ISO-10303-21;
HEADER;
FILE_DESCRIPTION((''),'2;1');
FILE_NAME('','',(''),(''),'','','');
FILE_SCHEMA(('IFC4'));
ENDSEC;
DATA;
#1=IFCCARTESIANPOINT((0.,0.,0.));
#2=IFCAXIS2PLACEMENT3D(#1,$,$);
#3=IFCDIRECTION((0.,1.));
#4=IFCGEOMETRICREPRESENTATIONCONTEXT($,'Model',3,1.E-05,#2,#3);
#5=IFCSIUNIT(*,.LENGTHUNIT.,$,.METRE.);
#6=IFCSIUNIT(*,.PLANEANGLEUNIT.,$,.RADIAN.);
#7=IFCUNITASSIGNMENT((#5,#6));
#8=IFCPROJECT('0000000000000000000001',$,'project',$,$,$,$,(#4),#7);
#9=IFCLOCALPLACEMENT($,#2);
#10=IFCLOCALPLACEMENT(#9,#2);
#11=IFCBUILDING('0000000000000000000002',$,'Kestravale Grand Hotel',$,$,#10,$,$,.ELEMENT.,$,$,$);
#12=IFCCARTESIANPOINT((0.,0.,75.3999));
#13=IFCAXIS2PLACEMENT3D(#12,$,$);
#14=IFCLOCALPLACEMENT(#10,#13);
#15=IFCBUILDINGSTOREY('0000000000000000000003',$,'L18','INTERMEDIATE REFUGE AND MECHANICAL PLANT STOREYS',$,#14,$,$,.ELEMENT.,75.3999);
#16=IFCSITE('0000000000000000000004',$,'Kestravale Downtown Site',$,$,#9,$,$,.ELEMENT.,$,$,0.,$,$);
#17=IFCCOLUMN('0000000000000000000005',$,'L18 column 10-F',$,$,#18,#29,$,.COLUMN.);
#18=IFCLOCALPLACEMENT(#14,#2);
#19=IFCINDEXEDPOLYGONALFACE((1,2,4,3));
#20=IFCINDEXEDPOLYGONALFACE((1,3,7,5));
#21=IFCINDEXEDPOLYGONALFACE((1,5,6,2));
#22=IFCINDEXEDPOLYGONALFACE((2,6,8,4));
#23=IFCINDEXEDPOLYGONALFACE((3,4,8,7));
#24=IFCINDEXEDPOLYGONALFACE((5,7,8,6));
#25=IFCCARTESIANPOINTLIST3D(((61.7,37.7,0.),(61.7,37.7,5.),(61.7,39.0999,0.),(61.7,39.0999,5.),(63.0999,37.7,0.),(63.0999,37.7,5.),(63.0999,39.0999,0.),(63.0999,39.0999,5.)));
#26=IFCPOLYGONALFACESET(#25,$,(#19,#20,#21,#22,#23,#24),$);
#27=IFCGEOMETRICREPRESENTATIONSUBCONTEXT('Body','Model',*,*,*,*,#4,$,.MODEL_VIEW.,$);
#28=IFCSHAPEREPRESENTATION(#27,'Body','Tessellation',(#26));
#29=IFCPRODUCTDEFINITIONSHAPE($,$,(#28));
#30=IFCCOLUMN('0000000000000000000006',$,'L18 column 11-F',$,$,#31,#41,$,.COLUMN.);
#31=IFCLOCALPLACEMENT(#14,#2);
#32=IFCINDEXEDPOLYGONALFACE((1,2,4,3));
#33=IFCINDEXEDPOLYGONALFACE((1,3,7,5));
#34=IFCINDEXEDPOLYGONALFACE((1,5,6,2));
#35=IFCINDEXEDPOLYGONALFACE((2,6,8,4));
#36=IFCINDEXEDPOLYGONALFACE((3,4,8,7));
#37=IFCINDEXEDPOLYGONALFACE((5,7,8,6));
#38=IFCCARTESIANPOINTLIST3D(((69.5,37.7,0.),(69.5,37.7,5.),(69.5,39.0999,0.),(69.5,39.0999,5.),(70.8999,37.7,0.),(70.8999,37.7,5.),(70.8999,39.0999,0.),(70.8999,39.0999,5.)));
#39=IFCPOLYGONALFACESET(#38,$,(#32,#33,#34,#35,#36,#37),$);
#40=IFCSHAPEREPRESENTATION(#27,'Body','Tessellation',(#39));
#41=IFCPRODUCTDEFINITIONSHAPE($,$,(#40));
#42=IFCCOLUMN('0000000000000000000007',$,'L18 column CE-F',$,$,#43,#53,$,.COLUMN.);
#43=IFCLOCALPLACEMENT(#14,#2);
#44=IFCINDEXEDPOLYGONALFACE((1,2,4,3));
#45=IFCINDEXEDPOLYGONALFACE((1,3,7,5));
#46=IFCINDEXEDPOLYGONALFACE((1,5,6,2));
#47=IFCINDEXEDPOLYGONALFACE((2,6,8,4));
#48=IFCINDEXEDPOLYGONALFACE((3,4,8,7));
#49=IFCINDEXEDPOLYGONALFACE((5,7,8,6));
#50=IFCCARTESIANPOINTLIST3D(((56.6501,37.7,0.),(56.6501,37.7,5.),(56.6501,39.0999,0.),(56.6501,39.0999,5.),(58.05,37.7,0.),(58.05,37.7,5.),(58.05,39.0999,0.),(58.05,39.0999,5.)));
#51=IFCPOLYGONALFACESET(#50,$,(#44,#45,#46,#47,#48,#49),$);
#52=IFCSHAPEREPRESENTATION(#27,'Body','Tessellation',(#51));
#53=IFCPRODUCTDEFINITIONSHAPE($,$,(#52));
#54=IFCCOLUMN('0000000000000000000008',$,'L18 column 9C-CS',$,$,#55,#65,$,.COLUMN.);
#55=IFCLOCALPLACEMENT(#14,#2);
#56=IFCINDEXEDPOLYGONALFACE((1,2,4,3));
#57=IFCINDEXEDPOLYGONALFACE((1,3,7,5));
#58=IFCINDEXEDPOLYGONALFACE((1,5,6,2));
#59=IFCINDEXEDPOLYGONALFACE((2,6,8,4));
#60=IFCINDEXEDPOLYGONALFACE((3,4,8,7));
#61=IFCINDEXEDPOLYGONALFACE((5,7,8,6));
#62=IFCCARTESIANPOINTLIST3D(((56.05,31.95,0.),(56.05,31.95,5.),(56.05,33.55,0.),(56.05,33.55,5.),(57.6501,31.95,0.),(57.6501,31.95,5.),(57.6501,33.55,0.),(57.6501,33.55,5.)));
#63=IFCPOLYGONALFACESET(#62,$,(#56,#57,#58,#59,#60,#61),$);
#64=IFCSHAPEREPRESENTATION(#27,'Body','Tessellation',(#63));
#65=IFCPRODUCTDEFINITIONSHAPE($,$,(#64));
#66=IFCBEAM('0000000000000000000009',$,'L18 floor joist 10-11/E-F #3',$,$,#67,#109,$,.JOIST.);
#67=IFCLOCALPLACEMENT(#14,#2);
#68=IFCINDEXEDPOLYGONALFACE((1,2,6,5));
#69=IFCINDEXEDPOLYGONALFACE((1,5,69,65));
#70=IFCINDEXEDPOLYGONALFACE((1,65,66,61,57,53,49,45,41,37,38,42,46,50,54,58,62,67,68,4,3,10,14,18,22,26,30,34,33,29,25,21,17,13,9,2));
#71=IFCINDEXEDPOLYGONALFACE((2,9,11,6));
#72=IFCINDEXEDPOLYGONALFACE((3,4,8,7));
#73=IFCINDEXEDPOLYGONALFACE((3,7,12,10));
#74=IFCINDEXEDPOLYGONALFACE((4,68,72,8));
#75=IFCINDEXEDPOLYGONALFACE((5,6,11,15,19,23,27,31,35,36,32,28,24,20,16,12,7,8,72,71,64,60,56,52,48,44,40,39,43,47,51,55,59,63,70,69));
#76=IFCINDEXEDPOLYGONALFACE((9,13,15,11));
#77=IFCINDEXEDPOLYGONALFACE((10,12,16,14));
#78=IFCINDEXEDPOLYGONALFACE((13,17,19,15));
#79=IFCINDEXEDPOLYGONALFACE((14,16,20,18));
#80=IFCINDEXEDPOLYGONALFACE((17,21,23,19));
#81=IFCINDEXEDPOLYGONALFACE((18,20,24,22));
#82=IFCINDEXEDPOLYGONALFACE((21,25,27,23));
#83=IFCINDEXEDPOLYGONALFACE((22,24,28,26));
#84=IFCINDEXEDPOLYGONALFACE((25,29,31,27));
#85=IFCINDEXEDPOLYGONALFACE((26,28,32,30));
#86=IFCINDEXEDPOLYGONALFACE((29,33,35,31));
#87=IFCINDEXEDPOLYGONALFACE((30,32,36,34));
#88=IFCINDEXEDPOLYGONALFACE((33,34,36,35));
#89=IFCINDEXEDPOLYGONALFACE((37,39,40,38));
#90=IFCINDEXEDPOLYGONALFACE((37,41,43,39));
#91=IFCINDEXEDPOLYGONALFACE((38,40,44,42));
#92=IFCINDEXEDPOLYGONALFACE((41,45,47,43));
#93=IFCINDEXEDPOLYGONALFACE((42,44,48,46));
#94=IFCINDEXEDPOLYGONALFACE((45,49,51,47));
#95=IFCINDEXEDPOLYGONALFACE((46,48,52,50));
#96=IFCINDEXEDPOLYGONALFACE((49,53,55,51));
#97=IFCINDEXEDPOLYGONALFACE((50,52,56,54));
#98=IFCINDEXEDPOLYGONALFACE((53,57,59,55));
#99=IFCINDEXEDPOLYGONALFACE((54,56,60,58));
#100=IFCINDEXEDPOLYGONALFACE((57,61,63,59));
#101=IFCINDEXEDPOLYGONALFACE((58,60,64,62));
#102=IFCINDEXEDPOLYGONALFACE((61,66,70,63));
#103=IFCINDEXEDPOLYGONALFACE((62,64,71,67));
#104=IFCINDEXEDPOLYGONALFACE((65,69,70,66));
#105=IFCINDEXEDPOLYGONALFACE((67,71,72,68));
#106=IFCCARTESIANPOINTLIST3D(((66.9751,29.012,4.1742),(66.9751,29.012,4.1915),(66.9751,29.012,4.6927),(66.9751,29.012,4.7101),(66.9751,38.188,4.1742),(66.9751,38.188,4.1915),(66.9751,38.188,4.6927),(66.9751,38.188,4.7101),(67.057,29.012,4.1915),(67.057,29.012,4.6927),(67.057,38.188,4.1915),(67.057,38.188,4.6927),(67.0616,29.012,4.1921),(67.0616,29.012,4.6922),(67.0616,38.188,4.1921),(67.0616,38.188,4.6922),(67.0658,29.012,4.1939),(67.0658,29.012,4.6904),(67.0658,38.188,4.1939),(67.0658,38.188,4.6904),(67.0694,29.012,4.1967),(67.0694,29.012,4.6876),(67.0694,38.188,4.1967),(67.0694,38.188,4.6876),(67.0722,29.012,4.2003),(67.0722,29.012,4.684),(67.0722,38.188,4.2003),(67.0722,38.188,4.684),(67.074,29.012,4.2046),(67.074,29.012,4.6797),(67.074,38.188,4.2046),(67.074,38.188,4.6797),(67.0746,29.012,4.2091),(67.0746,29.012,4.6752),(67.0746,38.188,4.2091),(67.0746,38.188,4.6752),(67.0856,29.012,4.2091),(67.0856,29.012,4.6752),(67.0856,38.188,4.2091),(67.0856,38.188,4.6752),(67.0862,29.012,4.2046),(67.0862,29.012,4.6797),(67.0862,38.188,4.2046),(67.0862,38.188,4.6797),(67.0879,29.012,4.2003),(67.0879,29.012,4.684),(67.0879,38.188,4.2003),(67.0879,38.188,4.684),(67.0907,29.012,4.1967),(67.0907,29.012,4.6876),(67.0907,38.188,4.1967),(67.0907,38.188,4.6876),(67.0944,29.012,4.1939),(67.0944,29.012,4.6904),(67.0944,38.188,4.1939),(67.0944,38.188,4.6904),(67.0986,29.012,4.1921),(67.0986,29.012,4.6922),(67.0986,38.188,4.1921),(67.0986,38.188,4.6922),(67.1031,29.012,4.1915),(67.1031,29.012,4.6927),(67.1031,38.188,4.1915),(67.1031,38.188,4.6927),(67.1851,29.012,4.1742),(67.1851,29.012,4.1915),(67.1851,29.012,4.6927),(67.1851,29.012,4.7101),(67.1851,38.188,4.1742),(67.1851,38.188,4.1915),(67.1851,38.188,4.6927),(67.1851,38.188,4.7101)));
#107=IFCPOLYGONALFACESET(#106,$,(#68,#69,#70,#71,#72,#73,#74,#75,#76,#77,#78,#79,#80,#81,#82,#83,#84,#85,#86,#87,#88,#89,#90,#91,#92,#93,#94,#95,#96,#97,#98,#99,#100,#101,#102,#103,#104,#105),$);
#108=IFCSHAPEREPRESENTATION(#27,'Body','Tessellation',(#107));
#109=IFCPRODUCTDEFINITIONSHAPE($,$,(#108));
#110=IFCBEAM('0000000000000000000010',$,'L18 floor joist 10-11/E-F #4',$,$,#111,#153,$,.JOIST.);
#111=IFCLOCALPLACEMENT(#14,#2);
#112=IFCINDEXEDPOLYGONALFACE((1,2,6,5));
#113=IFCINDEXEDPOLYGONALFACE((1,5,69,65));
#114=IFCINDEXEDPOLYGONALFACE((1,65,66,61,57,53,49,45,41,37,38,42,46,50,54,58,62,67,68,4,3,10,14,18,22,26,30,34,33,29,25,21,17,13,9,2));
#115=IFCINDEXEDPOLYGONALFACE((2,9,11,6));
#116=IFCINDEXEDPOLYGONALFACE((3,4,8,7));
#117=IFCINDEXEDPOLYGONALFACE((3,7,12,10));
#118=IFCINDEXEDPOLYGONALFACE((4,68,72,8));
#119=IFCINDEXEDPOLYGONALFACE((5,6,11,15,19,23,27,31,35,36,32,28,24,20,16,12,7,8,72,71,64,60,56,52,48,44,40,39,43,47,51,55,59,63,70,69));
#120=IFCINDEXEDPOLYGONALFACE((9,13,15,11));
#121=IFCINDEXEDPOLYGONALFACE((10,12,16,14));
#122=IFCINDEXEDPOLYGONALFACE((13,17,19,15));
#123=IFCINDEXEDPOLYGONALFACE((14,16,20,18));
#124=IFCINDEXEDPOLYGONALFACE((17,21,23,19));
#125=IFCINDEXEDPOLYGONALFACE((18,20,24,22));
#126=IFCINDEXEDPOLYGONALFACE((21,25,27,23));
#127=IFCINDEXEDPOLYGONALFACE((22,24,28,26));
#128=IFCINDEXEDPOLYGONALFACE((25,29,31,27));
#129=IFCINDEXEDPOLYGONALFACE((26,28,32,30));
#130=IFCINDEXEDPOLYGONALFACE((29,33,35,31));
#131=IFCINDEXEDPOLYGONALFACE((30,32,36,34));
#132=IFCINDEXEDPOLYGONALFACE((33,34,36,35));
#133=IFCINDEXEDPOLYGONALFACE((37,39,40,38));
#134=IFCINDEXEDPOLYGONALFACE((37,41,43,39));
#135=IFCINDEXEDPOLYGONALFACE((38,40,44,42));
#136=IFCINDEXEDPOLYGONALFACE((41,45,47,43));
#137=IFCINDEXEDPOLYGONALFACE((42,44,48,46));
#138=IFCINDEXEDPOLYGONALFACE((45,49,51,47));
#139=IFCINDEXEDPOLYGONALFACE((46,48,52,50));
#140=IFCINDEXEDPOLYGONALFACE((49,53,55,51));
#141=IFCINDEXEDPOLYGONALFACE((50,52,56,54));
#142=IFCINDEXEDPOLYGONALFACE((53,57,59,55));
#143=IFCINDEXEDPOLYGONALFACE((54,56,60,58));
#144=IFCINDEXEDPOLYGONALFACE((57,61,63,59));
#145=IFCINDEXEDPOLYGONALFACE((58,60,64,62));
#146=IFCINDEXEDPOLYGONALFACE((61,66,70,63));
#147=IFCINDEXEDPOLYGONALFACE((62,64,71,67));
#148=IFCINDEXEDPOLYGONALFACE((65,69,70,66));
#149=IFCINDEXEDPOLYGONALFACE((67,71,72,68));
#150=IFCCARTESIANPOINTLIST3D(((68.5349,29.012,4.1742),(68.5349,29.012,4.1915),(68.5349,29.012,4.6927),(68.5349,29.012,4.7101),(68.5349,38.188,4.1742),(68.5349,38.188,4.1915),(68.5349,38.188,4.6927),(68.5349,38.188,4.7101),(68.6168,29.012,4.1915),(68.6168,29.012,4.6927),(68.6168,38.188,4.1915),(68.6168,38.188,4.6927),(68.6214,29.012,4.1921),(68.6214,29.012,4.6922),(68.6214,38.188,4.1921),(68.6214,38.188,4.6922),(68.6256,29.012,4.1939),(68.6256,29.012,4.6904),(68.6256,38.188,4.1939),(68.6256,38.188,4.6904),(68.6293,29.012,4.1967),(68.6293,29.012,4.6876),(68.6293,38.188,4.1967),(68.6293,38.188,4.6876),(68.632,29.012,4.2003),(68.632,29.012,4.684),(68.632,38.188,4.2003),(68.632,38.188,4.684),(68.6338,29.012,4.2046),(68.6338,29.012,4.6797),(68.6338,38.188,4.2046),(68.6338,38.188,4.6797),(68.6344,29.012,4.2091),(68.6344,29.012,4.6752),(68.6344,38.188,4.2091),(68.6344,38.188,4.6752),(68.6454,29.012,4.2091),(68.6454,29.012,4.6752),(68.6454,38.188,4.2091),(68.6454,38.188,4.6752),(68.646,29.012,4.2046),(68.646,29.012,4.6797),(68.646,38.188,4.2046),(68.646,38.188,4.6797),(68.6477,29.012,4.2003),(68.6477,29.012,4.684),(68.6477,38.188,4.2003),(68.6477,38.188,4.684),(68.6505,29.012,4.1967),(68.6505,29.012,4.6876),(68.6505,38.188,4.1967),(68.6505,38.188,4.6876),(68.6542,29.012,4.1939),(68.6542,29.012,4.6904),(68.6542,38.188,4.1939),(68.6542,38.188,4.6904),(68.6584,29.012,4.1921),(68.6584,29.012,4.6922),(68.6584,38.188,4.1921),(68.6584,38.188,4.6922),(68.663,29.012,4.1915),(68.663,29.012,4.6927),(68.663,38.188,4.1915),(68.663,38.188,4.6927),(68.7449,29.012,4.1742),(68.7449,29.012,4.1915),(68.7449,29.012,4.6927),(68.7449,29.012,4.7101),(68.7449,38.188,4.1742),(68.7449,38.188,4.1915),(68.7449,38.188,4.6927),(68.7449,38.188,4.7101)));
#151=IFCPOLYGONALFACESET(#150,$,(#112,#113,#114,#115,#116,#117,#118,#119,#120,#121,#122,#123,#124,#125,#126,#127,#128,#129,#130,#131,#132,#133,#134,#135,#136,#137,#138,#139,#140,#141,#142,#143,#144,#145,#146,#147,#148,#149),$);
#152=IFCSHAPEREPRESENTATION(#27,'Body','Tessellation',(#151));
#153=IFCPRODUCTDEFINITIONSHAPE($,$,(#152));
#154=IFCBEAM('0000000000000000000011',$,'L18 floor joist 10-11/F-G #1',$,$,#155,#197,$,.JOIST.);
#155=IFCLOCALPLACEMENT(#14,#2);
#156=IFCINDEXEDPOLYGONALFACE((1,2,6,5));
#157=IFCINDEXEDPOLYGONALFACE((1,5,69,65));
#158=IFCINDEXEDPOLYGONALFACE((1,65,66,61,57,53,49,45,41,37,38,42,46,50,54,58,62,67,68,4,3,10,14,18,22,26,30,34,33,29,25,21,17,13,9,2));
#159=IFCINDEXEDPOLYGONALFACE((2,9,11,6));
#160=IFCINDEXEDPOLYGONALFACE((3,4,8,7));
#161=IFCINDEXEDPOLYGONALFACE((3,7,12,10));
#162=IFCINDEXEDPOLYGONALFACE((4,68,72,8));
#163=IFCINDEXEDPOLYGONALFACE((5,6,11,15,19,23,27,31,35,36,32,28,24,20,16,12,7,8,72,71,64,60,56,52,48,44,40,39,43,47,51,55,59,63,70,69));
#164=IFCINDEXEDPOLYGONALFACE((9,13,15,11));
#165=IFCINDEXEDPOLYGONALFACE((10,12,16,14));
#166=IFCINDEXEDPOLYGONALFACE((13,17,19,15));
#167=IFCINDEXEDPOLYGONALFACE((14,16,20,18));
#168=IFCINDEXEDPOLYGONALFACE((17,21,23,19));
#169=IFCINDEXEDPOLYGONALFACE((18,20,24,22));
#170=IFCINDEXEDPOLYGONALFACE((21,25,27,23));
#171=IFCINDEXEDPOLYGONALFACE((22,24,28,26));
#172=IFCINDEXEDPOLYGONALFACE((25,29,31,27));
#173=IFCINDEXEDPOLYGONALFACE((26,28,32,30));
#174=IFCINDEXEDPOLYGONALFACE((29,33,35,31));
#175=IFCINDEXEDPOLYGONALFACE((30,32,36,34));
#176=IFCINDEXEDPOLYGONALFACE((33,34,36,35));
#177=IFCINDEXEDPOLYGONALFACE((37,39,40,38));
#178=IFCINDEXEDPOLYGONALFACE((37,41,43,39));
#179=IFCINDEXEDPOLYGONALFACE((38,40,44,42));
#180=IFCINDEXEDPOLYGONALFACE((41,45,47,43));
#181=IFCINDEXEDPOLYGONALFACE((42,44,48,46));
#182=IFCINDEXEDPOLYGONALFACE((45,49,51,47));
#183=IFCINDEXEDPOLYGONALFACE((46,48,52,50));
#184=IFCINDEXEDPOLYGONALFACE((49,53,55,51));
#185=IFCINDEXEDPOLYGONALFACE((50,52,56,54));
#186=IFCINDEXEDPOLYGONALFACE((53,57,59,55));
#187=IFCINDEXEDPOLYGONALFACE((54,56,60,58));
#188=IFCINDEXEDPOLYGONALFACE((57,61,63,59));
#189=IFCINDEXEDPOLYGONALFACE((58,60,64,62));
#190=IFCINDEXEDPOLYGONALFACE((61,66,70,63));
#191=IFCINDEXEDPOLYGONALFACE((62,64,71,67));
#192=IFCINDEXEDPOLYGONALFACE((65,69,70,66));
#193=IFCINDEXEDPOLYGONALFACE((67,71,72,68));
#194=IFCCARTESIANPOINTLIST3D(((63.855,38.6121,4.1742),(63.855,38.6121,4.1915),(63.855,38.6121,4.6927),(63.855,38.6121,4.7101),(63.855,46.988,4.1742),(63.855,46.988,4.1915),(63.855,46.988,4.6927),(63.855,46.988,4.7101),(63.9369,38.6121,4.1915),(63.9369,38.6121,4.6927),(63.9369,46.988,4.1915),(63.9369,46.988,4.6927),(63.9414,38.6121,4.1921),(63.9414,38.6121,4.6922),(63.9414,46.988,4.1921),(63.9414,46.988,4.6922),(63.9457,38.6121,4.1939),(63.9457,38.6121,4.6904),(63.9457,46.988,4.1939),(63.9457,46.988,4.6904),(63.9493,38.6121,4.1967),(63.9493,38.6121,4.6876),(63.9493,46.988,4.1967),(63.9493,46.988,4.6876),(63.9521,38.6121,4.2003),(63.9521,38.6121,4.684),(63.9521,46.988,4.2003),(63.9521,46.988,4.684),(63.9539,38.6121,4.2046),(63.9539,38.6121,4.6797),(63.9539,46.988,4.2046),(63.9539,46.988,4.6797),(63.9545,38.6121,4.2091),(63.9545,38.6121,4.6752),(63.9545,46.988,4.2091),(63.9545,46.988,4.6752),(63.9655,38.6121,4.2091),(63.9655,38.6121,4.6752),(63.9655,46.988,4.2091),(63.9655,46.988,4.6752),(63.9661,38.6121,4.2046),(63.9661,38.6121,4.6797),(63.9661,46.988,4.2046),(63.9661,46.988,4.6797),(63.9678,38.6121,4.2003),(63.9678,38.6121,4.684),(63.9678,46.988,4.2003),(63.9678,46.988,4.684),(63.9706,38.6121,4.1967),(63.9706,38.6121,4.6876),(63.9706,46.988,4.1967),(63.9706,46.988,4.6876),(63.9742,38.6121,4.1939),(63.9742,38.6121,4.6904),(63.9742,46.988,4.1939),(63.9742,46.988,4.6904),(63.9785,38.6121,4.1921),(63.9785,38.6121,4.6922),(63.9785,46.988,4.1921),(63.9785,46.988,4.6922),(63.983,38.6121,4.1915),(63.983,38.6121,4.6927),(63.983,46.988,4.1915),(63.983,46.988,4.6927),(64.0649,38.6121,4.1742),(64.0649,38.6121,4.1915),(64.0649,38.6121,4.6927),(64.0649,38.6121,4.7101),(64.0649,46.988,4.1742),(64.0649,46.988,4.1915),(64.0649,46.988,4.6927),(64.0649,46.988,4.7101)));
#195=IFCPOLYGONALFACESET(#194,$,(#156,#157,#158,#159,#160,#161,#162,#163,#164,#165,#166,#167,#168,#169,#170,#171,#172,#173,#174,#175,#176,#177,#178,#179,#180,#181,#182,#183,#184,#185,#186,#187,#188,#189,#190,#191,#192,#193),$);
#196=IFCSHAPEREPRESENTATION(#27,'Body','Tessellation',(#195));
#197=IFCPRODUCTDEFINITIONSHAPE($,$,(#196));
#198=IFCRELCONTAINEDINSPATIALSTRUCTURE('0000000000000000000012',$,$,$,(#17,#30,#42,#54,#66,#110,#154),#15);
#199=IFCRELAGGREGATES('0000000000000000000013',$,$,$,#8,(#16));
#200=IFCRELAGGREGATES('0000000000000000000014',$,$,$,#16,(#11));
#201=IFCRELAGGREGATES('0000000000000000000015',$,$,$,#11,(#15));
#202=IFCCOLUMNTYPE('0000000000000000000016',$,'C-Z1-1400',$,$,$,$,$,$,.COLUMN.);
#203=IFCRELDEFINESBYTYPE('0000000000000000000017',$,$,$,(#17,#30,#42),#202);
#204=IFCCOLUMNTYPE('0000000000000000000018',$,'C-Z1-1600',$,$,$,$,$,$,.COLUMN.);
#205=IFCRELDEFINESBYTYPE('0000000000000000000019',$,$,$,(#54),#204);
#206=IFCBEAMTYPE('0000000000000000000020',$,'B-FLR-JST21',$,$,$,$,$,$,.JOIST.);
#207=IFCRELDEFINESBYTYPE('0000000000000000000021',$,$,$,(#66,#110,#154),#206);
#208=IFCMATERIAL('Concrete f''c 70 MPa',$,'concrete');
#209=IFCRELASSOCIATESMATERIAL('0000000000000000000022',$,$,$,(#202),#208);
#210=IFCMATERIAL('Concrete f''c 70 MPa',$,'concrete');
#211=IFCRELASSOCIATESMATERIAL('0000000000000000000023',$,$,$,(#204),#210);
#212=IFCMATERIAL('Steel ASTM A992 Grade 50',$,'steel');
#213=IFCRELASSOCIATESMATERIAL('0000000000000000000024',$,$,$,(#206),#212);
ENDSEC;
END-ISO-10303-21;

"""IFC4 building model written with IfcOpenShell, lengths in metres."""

from ifc_helpers import new_model, si_unit, direction, frame, origin, origin_2d, place, context, subcontext, project, spatial, rectangle, i_section, extrude, material, material_profile, profile_set, type_object, element, save


model = new_model("IFC4")

# Units and contexts
model_context = context("Model", 3, precision=1e-05, world=origin(), true_north=direction((0.0, 1.0)))
body_context = subcontext(model_context, "Body", "Model", "MODEL_VIEW")
ifc_project = project(units=[si_unit("LENGTHUNIT", "METRE"), si_unit("PLANEANGLEUNIT", "RADIAN")], contexts=[model_context])

# Site, building, storey
site_placement = place(None, origin())
site = spatial("IfcSite", under=ifc_project, at=site_placement, Name="Kestravale Downtown Site", CompositionType="ELEMENT", RefElevation=0.0)
building_placement = place(site_placement, origin())
building = spatial("IfcBuilding", under=site, at=building_placement, Name="Kestravale Grand Hotel", CompositionType="ELEMENT")
storey_placement = place(building_placement, frame((0.0, 0.0, 75.3999)))
storey = spatial("IfcBuildingStorey", under=building, at=storey_placement, Name="L18", Description="INTERMEDIATE REFUGE AND MECHANICAL PLANT STOREYS", CompositionType="ELEMENT", Elevation=75.3999)

# Columns
ifc_material_1 = material(Name="Concrete f'c 70 MPa", Category="concrete")
ifc_material_profile_1 = material_profile(ifc_material_1, rectangle(XDim=1.3999, YDim=1.3999, at=origin_2d()))
ifc_profile_set_1 = profile_set([ifc_material_profile_1], Name="Concrete f'c 70 MPa")
column_type_1 = type_object("IfcColumnType", Name="C-Z1-1400", PredefinedType="COLUMN", material=ifc_profile_set_1)
for number, where, z_axis, x_axis, name in (
    (1, (62.3999, 38.3999, 0.0), (0.0, 0.0, 1.0), (1.0, 0.0, 0.0), "L18 column 10-F"),
    (2, (70.2, 38.3999, 0.0), (0.0, 0.0, 1.0), (1.0, 0.0, 0.0), "L18 column 11-F"),
    (3, (57.3501, 38.3999, 0.0), (0.0, 0.0, 1.0), (1.0, 0.0, 0.0), "L18 column CE-F"),
):
    element("IfcColumn", number, at=place(storey_placement, frame(where, z_axis=z_axis, x_axis=x_axis)), inside=storey, type_object=column_type_1, Name=name, PredefinedType="COLUMN", context=body_context, shape_type="SweptSolid", body=[
        extrude(rectangle(XDim=1.3999, YDim=1.3999, at=origin_2d()), origin(), (0.0, 0.0, 1.0), 5.0),
    ])
ifc_material_2 = material(Name="Concrete f'c 70 MPa", Category="concrete")
ifc_material_profile_2 = material_profile(ifc_material_2, rectangle(XDim=1.6001, YDim=1.6001, at=origin_2d()))
ifc_profile_set_2 = profile_set([ifc_material_profile_2], Name="Concrete f'c 70 MPa")
column_type_2 = type_object("IfcColumnType", Name="C-Z1-1600", PredefinedType="COLUMN", material=ifc_profile_set_2)
column_placement = place(storey_placement, frame((56.8501, 32.75, 0.0), z_axis=(0.0, 0.0, 1.0), x_axis=(1.0, 0.0, 0.0)))
element("IfcColumn", 4, at=column_placement, inside=storey, type_object=column_type_2, Name="L18 column 9C-CS", PredefinedType="COLUMN", context=body_context, shape_type="SweptSolid", body=[
    extrude(rectangle(XDim=1.6001, YDim=1.6001, at=origin_2d()), origin(), (0.0, 0.0, 1.0), 5.0),
])

# Beams
ifc_material_3 = material(Name="Steel ASTM A992 Grade 50", Category="steel")
ifc_material_profile_3 = material_profile(ifc_material_3, i_section(OverallWidth=0.21, OverallDepth=0.5359, WebThickness=0.011, FlangeThickness=0.0173, FilletRadius=0.0176, at=origin_2d()))
ifc_profile_set_3 = profile_set([ifc_material_profile_3], Name="Steel ASTM A992 Grade 50")
beam_type_1 = type_object("IfcBeamType", Name="B-FLR-JST21", PredefinedType="JOIST", material=ifc_profile_set_3)
for number, where, z_axis, x_axis, name in (
    (5, (67.0801, 29.012, 4.4421), (0.0, 1.0, 0.0), (-1.0, 0.0, 0.0), "L18 floor joist 10-11/E-F #3"),
    (6, (68.6399, 29.012, 4.4421), (0.0, 1.0, 0.0), (-1.0, 0.0, 0.0), "L18 floor joist 10-11/E-F #4"),
):
    element("IfcBeam", number, at=place(storey_placement, frame(where, z_axis=z_axis, x_axis=x_axis)), inside=storey, type_object=beam_type_1, Name=name, PredefinedType="JOIST", context=body_context, shape_type="SweptSolid", body=[
        extrude(i_section(OverallWidth=0.21, OverallDepth=0.5359, WebThickness=0.011, FlangeThickness=0.0173, FilletRadius=0.0176, at=origin_2d()), origin(), (0.0, 0.0, 1.0), 9.176),
    ])
for number, where, z_axis, x_axis, name in (
    (7, (63.96, 38.6121, 4.4421), (0.0, 1.0, 0.0), (-1.0, 0.0, 0.0), "L18 floor joist 10-11/F-G #1"),
):
    element("IfcBeam", number, at=place(storey_placement, frame(where, z_axis=z_axis, x_axis=x_axis)), inside=storey, type_object=beam_type_1, Name=name, PredefinedType="JOIST", context=body_context, shape_type="SweptSolid", body=[
        extrude(i_section(OverallWidth=0.21, OverallDepth=0.5359, WebThickness=0.011, FlangeThickness=0.0173, FilletRadius=0.0176, at=origin_2d()), origin(), (0.0, 0.0, 1.0), 8.376),
    ])

save(model, "model.ifc")
